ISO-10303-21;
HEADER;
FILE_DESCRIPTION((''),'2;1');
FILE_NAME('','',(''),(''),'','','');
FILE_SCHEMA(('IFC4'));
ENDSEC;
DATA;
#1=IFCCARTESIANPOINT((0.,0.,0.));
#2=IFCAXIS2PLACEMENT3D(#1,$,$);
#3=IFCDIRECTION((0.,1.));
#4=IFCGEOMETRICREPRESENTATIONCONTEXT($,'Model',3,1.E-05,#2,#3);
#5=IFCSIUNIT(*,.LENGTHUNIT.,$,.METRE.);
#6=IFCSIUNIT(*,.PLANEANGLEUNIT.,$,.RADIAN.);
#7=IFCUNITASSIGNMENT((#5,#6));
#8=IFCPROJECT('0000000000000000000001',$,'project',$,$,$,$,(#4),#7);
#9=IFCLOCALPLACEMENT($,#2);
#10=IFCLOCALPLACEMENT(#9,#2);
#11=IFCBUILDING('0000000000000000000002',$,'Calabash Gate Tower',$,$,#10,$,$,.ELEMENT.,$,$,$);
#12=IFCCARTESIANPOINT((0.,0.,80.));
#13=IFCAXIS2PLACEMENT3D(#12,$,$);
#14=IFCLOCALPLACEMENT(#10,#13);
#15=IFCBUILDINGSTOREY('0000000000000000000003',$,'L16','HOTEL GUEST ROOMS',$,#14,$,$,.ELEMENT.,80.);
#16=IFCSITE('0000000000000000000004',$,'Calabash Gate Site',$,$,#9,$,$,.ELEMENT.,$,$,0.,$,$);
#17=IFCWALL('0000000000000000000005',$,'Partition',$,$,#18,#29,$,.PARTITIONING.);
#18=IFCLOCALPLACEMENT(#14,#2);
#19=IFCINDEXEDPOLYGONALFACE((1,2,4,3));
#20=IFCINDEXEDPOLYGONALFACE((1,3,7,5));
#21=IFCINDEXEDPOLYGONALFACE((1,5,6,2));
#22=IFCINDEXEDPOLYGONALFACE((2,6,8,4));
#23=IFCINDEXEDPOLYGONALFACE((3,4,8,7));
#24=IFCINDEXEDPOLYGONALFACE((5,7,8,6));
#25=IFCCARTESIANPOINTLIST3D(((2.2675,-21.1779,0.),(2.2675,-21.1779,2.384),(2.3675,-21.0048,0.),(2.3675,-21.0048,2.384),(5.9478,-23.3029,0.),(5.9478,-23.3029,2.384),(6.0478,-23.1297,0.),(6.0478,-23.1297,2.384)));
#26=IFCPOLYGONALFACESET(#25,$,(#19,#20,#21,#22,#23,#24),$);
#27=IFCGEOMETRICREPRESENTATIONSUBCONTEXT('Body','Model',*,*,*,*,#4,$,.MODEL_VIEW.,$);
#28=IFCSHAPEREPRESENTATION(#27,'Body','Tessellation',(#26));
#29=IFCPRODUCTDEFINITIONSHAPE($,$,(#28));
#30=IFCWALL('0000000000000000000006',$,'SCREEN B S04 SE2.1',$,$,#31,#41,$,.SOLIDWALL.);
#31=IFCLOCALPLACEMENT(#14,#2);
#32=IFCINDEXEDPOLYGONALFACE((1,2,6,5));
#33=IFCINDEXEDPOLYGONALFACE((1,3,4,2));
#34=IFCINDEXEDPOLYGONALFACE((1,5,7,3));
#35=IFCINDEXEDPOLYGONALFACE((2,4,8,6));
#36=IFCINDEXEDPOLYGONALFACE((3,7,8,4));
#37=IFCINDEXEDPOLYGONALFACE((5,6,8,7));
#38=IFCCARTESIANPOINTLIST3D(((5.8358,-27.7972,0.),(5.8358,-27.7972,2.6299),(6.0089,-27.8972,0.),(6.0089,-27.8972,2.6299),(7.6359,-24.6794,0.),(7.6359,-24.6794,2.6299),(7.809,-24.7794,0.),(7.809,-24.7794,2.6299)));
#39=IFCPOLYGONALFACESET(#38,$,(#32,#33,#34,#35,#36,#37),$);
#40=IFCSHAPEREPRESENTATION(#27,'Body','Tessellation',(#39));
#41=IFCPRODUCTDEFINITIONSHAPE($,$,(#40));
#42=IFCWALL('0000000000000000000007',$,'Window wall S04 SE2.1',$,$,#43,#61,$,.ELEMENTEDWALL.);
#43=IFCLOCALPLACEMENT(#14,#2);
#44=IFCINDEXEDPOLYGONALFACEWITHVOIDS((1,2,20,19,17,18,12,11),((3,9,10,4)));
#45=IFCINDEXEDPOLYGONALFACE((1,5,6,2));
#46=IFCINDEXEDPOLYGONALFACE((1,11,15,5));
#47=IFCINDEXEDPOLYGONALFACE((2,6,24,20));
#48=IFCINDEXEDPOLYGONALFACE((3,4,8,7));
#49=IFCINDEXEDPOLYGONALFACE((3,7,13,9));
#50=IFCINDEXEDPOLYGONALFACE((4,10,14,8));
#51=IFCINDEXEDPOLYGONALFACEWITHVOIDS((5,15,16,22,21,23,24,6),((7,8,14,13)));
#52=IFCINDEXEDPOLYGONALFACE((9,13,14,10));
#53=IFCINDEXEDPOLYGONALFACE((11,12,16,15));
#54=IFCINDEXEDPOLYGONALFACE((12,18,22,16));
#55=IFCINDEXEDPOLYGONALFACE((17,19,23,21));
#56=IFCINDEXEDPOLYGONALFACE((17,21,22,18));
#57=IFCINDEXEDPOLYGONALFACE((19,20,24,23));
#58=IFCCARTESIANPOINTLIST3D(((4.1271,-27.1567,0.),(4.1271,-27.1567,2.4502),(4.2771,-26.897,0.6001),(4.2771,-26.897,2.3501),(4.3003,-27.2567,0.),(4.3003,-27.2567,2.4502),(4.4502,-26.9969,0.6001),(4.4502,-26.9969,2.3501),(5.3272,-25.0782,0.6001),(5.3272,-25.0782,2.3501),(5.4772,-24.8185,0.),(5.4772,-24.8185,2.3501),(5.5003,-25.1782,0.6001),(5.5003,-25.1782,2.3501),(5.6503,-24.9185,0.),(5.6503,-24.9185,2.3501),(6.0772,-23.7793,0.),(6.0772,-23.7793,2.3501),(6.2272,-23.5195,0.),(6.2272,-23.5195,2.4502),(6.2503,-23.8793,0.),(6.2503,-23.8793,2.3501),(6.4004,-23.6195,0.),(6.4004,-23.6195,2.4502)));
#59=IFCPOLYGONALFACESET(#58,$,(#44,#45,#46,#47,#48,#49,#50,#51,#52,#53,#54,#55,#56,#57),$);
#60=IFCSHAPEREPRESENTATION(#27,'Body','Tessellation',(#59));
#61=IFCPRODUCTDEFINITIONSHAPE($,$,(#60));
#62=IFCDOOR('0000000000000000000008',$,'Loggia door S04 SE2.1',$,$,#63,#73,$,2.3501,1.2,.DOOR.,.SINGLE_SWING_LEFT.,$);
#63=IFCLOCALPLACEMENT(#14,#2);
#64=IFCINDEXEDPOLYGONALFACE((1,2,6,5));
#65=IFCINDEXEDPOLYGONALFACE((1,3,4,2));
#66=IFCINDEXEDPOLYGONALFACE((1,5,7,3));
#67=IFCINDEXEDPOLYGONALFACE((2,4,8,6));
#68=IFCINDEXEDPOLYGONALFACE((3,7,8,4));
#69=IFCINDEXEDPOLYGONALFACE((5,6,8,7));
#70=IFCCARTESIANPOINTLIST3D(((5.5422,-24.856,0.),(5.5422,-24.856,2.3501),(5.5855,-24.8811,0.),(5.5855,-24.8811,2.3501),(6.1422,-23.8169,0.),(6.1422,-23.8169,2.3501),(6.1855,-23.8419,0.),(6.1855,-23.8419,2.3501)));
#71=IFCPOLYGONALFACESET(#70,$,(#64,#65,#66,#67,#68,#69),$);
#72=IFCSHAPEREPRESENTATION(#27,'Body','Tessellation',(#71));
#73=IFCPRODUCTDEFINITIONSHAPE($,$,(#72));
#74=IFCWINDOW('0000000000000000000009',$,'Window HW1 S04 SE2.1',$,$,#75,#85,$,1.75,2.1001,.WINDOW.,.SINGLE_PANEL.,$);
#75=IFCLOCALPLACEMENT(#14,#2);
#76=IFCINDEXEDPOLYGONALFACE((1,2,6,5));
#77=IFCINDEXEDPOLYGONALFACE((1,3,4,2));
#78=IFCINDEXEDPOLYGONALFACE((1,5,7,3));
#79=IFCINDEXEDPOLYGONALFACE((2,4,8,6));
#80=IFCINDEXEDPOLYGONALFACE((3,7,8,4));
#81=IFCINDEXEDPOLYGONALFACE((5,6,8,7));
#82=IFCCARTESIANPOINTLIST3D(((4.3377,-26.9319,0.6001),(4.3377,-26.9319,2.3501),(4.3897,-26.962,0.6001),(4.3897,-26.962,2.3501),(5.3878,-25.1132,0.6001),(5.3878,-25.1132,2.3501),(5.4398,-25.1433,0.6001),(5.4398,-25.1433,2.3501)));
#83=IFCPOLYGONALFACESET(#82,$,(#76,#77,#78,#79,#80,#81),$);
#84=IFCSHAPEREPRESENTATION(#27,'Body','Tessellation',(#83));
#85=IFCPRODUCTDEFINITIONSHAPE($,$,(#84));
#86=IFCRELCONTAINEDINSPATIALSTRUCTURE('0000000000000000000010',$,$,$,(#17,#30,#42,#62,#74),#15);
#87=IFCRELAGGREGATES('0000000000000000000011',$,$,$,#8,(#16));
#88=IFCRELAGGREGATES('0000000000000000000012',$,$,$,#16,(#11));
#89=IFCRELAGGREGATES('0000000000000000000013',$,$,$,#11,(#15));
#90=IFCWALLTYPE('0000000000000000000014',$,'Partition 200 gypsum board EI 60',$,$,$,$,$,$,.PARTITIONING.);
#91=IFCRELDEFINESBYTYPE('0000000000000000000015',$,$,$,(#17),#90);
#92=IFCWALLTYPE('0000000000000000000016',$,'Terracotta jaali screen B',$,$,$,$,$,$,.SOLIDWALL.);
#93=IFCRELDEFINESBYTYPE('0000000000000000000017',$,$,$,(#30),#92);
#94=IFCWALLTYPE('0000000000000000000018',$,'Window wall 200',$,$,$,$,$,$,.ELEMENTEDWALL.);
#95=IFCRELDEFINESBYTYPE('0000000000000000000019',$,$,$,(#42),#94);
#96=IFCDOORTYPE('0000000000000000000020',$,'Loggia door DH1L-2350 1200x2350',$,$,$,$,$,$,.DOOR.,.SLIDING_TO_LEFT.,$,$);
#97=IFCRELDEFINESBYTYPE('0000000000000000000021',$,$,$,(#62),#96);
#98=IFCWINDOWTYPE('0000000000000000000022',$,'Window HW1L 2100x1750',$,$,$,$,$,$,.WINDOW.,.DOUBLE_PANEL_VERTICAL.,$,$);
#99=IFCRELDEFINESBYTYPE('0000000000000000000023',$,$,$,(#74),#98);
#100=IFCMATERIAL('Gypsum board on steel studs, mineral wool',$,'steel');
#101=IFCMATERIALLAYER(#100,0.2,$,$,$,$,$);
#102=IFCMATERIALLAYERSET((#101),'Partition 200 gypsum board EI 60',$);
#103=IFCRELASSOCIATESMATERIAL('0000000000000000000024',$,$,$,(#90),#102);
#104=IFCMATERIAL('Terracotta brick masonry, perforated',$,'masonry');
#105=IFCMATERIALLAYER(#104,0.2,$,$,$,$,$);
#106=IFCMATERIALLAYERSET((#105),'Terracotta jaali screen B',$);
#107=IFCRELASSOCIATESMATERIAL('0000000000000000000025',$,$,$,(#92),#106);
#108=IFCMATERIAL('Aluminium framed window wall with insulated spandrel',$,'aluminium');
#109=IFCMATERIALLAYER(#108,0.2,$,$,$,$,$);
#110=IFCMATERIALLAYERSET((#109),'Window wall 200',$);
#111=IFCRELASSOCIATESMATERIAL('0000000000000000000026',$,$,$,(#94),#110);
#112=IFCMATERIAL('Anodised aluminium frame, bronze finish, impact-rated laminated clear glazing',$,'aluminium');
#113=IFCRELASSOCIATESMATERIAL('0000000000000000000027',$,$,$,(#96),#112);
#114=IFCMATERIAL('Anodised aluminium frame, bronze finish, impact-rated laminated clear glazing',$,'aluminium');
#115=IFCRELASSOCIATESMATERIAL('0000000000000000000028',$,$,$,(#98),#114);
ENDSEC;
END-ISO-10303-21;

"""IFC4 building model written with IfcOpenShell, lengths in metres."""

from ifc_helpers import new_model, si_unit, direction, frame, frame_2d, origin, place, context, subcontext, project, spatial, rectangle, extrude, material, layer, layer_set, type_object, element, fill, save


model = new_model("IFC4")

# Units and contexts
model_context = context("Model", 3, precision=1e-05, world=origin(), true_north=direction((0.0, 1.0)))
body_context = subcontext(model_context, "Body", "Model", "MODEL_VIEW")
ifc_project = project(units=[si_unit("LENGTHUNIT", "METRE"), si_unit("PLANEANGLEUNIT", "RADIAN")], contexts=[model_context])

# Site, building, storey
site_placement = place(None, origin())
site = spatial("IfcSite", under=ifc_project, at=site_placement, Name="Calabash Gate Site", CompositionType="ELEMENT", RefElevation=0.0)
building_placement = place(site_placement, origin())
building = spatial("IfcBuilding", under=site, at=building_placement, Name="Calabash Gate Tower", CompositionType="ELEMENT")
storey_placement = place(building_placement, frame((0.0, 0.0, 80.0)))
storey = spatial("IfcBuildingStorey", under=building, at=storey_placement, Name="L16", Description="HOTEL GUEST ROOMS", CompositionType="ELEMENT", Elevation=80.0)

# Walls
ifc_material_1 = material(Name="Gypsum board on steel studs, mineral wool", Category="steel")
ifc_layer_1 = layer(ifc_material_1, 0.2)
ifc_layer_set_1 = layer_set([ifc_layer_1], Name="Partition 200 gypsum board EI 60")
wall_type_1 = type_object("IfcWallType", Name="Partition 200 gypsum board EI 60", PredefinedType="PARTITIONING", material=ifc_layer_set_1)
wall_1_placement = place(storey_placement, frame((2.3174, -21.0913, 0.0), z_axis=(0.0, 0.0, 1.0), x_axis=(0.866014, -0.500019, 0.0)))
element("IfcWall", 1, at=wall_1_placement, inside=storey, type_object=wall_type_1, Name="Partition", PredefinedType="PARTITIONING", context=body_context, shape_type="SweptSolid", body=[
    extrude(rectangle(XDim=4.2498, YDim=0.2, at=frame_2d((2.125, 0.0))), origin(), (0.0, 0.0, 1.0), 2.384),
])
ifc_material_2 = material(Name="Terracotta brick masonry, perforated", Category="masonry")
ifc_layer_2 = layer(ifc_material_2, 0.2)
ifc_layer_set_2 = layer_set([ifc_layer_2], Name="Terracotta jaali screen B")
wall_type_2 = type_object("IfcWallType", Name="Terracotta jaali screen B", PredefinedType="SOLIDWALL", material=ifc_layer_set_2)
wall_2_placement = place(storey_placement, frame((5.9224, -27.8472, 0.0), z_axis=(0.0, 0.0, 1.0), x_axis=(0.500012, 0.866018, 0.0)))
element("IfcWall", 2, at=wall_2_placement, inside=storey, type_object=wall_type_2, Name="SCREEN B S04 SE2.1", PredefinedType="SOLIDWALL", context=body_context, shape_type="SweptSolid", body=[
    extrude(rectangle(XDim=3.6001, YDim=0.2, at=frame_2d((1.8, 0.0))), origin(), (0.0, 0.0, 1.0), 2.6299),
])

# Wall, openings, door, window
ifc_material_3 = material(Name="Aluminium framed window wall with insulated spandrel", Category="aluminium")
ifc_layer_3 = layer(ifc_material_3, 0.2)
ifc_layer_set_3 = layer_set([ifc_layer_3], Name="Window wall 200")
wall_type_3 = type_object("IfcWallType", Name="Window wall 200", PredefinedType="ELEMENTEDWALL", material=ifc_layer_set_3)
wall_3_placement = place(storey_placement, frame((4.2136, -27.2068, 0.0), z_axis=(0.0, 0.0, 1.0), x_axis=(0.500028, 0.866009, 0.0)))
wall_3 = element("IfcWall", 3, at=wall_3_placement, inside=storey, type_object=wall_type_3, Name="Window wall S04 SE2.1", PredefinedType="ELEMENTEDWALL", context=body_context, shape_type="SweptSolid", body=[
    extrude(rectangle(XDim=4.2, YDim=0.2, at=frame_2d((2.1001, 0.0))), origin(), (0.0, 0.0, 1.0), 2.4502),
])
opening_1_placement = place(wall_3_placement, frame((0.3, 0.0, 0.6001)))
opening_1 = element("IfcOpeningElement", 4, at=opening_1_placement, cuts=wall_3, PredefinedType="OPENING", context=body_context, shape_type="SweptSolid", body=[
    extrude(rectangle(XDim=2.1001, YDim=1.75, at=frame_2d((1.05, 0.875))), frame((0.0, 0.1099, 0.0), z_axis=(0.0, -1.0, 0.0), x_axis=(1.0, 0.0, 0.0)), (0.0, 0.0, 1.0), 0.22),
])
opening_2_placement = place(wall_3_placement, frame((2.7, 0.0, 0.0)))
opening_2 = element("IfcOpeningElement", 5, at=opening_2_placement, cuts=wall_3, PredefinedType="OPENING", context=body_context, shape_type="SweptSolid", body=[
    extrude(rectangle(XDim=1.2, YDim=2.3501, at=frame_2d((0.6001, 1.175))), frame((0.0, 0.1099, 0.0), z_axis=(0.0, -1.0, 0.0), x_axis=(1.0, 0.0, 0.0)), (0.0, 0.0, 1.0), 0.22),
])
ifc_material_4 = material(Name="Anodised aluminium frame, bronze finish, impact-rated laminated clear glazing", Category="aluminium")
door_type_1 = type_object("IfcDoorType", Name="Loggia door DH1L-2350 1200x2350", OperationType="SLIDING_TO_LEFT", PredefinedType="DOOR", material=ifc_material_4)
door_1_placement = place(opening_2_placement, origin())
door_1 = element("IfcDoor", 6, at=door_1_placement, inside=storey, type_object=door_type_1, Name="Loggia door S04 SE2.1", OperationType="SINGLE_SWING_LEFT", OverallHeight=2.3501, OverallWidth=1.2, PredefinedType="DOOR", context=body_context, shape_type="SweptSolid", body=[
    extrude(rectangle(XDim=1.2, YDim=2.3501, at=frame_2d((0.6001, 1.175))), frame((0.0, 0.0249, 0.0), z_axis=(0.0, -1.0, 0.0), x_axis=(1.0, 0.0, 0.0)), (0.0, 0.0, 1.0), 0.05),
])
fill(opening_2, door_1)
ifc_material_5 = material(Name="Anodised aluminium frame, bronze finish, impact-rated laminated clear glazing", Category="aluminium")
window_type_1 = type_object("IfcWindowType", Name="Window HW1L 2100x1750", PartitioningType="DOUBLE_PANEL_VERTICAL", PredefinedType="WINDOW", material=ifc_material_5)
window_1_placement = place(opening_1_placement, origin())
window_1 = element("IfcWindow", 7, at=window_1_placement, inside=storey, type_object=window_type_1, Name="Window HW1 S04 SE2.1", OverallHeight=1.75, OverallWidth=2.1001, PartitioningType="SINGLE_PANEL", PredefinedType="WINDOW", context=body_context, shape_type="SweptSolid", body=[
    extrude(rectangle(XDim=2.1001, YDim=1.75, at=frame_2d((1.05, 0.875))), frame((0.0, 0.03, 0.0), z_axis=(0.0, -1.0, 0.0), x_axis=(1.0, 0.0, 0.0)), (0.0, 0.0, 1.0), 0.0601),
])
fill(opening_1, window_1)

save(model, "model.ifc")
